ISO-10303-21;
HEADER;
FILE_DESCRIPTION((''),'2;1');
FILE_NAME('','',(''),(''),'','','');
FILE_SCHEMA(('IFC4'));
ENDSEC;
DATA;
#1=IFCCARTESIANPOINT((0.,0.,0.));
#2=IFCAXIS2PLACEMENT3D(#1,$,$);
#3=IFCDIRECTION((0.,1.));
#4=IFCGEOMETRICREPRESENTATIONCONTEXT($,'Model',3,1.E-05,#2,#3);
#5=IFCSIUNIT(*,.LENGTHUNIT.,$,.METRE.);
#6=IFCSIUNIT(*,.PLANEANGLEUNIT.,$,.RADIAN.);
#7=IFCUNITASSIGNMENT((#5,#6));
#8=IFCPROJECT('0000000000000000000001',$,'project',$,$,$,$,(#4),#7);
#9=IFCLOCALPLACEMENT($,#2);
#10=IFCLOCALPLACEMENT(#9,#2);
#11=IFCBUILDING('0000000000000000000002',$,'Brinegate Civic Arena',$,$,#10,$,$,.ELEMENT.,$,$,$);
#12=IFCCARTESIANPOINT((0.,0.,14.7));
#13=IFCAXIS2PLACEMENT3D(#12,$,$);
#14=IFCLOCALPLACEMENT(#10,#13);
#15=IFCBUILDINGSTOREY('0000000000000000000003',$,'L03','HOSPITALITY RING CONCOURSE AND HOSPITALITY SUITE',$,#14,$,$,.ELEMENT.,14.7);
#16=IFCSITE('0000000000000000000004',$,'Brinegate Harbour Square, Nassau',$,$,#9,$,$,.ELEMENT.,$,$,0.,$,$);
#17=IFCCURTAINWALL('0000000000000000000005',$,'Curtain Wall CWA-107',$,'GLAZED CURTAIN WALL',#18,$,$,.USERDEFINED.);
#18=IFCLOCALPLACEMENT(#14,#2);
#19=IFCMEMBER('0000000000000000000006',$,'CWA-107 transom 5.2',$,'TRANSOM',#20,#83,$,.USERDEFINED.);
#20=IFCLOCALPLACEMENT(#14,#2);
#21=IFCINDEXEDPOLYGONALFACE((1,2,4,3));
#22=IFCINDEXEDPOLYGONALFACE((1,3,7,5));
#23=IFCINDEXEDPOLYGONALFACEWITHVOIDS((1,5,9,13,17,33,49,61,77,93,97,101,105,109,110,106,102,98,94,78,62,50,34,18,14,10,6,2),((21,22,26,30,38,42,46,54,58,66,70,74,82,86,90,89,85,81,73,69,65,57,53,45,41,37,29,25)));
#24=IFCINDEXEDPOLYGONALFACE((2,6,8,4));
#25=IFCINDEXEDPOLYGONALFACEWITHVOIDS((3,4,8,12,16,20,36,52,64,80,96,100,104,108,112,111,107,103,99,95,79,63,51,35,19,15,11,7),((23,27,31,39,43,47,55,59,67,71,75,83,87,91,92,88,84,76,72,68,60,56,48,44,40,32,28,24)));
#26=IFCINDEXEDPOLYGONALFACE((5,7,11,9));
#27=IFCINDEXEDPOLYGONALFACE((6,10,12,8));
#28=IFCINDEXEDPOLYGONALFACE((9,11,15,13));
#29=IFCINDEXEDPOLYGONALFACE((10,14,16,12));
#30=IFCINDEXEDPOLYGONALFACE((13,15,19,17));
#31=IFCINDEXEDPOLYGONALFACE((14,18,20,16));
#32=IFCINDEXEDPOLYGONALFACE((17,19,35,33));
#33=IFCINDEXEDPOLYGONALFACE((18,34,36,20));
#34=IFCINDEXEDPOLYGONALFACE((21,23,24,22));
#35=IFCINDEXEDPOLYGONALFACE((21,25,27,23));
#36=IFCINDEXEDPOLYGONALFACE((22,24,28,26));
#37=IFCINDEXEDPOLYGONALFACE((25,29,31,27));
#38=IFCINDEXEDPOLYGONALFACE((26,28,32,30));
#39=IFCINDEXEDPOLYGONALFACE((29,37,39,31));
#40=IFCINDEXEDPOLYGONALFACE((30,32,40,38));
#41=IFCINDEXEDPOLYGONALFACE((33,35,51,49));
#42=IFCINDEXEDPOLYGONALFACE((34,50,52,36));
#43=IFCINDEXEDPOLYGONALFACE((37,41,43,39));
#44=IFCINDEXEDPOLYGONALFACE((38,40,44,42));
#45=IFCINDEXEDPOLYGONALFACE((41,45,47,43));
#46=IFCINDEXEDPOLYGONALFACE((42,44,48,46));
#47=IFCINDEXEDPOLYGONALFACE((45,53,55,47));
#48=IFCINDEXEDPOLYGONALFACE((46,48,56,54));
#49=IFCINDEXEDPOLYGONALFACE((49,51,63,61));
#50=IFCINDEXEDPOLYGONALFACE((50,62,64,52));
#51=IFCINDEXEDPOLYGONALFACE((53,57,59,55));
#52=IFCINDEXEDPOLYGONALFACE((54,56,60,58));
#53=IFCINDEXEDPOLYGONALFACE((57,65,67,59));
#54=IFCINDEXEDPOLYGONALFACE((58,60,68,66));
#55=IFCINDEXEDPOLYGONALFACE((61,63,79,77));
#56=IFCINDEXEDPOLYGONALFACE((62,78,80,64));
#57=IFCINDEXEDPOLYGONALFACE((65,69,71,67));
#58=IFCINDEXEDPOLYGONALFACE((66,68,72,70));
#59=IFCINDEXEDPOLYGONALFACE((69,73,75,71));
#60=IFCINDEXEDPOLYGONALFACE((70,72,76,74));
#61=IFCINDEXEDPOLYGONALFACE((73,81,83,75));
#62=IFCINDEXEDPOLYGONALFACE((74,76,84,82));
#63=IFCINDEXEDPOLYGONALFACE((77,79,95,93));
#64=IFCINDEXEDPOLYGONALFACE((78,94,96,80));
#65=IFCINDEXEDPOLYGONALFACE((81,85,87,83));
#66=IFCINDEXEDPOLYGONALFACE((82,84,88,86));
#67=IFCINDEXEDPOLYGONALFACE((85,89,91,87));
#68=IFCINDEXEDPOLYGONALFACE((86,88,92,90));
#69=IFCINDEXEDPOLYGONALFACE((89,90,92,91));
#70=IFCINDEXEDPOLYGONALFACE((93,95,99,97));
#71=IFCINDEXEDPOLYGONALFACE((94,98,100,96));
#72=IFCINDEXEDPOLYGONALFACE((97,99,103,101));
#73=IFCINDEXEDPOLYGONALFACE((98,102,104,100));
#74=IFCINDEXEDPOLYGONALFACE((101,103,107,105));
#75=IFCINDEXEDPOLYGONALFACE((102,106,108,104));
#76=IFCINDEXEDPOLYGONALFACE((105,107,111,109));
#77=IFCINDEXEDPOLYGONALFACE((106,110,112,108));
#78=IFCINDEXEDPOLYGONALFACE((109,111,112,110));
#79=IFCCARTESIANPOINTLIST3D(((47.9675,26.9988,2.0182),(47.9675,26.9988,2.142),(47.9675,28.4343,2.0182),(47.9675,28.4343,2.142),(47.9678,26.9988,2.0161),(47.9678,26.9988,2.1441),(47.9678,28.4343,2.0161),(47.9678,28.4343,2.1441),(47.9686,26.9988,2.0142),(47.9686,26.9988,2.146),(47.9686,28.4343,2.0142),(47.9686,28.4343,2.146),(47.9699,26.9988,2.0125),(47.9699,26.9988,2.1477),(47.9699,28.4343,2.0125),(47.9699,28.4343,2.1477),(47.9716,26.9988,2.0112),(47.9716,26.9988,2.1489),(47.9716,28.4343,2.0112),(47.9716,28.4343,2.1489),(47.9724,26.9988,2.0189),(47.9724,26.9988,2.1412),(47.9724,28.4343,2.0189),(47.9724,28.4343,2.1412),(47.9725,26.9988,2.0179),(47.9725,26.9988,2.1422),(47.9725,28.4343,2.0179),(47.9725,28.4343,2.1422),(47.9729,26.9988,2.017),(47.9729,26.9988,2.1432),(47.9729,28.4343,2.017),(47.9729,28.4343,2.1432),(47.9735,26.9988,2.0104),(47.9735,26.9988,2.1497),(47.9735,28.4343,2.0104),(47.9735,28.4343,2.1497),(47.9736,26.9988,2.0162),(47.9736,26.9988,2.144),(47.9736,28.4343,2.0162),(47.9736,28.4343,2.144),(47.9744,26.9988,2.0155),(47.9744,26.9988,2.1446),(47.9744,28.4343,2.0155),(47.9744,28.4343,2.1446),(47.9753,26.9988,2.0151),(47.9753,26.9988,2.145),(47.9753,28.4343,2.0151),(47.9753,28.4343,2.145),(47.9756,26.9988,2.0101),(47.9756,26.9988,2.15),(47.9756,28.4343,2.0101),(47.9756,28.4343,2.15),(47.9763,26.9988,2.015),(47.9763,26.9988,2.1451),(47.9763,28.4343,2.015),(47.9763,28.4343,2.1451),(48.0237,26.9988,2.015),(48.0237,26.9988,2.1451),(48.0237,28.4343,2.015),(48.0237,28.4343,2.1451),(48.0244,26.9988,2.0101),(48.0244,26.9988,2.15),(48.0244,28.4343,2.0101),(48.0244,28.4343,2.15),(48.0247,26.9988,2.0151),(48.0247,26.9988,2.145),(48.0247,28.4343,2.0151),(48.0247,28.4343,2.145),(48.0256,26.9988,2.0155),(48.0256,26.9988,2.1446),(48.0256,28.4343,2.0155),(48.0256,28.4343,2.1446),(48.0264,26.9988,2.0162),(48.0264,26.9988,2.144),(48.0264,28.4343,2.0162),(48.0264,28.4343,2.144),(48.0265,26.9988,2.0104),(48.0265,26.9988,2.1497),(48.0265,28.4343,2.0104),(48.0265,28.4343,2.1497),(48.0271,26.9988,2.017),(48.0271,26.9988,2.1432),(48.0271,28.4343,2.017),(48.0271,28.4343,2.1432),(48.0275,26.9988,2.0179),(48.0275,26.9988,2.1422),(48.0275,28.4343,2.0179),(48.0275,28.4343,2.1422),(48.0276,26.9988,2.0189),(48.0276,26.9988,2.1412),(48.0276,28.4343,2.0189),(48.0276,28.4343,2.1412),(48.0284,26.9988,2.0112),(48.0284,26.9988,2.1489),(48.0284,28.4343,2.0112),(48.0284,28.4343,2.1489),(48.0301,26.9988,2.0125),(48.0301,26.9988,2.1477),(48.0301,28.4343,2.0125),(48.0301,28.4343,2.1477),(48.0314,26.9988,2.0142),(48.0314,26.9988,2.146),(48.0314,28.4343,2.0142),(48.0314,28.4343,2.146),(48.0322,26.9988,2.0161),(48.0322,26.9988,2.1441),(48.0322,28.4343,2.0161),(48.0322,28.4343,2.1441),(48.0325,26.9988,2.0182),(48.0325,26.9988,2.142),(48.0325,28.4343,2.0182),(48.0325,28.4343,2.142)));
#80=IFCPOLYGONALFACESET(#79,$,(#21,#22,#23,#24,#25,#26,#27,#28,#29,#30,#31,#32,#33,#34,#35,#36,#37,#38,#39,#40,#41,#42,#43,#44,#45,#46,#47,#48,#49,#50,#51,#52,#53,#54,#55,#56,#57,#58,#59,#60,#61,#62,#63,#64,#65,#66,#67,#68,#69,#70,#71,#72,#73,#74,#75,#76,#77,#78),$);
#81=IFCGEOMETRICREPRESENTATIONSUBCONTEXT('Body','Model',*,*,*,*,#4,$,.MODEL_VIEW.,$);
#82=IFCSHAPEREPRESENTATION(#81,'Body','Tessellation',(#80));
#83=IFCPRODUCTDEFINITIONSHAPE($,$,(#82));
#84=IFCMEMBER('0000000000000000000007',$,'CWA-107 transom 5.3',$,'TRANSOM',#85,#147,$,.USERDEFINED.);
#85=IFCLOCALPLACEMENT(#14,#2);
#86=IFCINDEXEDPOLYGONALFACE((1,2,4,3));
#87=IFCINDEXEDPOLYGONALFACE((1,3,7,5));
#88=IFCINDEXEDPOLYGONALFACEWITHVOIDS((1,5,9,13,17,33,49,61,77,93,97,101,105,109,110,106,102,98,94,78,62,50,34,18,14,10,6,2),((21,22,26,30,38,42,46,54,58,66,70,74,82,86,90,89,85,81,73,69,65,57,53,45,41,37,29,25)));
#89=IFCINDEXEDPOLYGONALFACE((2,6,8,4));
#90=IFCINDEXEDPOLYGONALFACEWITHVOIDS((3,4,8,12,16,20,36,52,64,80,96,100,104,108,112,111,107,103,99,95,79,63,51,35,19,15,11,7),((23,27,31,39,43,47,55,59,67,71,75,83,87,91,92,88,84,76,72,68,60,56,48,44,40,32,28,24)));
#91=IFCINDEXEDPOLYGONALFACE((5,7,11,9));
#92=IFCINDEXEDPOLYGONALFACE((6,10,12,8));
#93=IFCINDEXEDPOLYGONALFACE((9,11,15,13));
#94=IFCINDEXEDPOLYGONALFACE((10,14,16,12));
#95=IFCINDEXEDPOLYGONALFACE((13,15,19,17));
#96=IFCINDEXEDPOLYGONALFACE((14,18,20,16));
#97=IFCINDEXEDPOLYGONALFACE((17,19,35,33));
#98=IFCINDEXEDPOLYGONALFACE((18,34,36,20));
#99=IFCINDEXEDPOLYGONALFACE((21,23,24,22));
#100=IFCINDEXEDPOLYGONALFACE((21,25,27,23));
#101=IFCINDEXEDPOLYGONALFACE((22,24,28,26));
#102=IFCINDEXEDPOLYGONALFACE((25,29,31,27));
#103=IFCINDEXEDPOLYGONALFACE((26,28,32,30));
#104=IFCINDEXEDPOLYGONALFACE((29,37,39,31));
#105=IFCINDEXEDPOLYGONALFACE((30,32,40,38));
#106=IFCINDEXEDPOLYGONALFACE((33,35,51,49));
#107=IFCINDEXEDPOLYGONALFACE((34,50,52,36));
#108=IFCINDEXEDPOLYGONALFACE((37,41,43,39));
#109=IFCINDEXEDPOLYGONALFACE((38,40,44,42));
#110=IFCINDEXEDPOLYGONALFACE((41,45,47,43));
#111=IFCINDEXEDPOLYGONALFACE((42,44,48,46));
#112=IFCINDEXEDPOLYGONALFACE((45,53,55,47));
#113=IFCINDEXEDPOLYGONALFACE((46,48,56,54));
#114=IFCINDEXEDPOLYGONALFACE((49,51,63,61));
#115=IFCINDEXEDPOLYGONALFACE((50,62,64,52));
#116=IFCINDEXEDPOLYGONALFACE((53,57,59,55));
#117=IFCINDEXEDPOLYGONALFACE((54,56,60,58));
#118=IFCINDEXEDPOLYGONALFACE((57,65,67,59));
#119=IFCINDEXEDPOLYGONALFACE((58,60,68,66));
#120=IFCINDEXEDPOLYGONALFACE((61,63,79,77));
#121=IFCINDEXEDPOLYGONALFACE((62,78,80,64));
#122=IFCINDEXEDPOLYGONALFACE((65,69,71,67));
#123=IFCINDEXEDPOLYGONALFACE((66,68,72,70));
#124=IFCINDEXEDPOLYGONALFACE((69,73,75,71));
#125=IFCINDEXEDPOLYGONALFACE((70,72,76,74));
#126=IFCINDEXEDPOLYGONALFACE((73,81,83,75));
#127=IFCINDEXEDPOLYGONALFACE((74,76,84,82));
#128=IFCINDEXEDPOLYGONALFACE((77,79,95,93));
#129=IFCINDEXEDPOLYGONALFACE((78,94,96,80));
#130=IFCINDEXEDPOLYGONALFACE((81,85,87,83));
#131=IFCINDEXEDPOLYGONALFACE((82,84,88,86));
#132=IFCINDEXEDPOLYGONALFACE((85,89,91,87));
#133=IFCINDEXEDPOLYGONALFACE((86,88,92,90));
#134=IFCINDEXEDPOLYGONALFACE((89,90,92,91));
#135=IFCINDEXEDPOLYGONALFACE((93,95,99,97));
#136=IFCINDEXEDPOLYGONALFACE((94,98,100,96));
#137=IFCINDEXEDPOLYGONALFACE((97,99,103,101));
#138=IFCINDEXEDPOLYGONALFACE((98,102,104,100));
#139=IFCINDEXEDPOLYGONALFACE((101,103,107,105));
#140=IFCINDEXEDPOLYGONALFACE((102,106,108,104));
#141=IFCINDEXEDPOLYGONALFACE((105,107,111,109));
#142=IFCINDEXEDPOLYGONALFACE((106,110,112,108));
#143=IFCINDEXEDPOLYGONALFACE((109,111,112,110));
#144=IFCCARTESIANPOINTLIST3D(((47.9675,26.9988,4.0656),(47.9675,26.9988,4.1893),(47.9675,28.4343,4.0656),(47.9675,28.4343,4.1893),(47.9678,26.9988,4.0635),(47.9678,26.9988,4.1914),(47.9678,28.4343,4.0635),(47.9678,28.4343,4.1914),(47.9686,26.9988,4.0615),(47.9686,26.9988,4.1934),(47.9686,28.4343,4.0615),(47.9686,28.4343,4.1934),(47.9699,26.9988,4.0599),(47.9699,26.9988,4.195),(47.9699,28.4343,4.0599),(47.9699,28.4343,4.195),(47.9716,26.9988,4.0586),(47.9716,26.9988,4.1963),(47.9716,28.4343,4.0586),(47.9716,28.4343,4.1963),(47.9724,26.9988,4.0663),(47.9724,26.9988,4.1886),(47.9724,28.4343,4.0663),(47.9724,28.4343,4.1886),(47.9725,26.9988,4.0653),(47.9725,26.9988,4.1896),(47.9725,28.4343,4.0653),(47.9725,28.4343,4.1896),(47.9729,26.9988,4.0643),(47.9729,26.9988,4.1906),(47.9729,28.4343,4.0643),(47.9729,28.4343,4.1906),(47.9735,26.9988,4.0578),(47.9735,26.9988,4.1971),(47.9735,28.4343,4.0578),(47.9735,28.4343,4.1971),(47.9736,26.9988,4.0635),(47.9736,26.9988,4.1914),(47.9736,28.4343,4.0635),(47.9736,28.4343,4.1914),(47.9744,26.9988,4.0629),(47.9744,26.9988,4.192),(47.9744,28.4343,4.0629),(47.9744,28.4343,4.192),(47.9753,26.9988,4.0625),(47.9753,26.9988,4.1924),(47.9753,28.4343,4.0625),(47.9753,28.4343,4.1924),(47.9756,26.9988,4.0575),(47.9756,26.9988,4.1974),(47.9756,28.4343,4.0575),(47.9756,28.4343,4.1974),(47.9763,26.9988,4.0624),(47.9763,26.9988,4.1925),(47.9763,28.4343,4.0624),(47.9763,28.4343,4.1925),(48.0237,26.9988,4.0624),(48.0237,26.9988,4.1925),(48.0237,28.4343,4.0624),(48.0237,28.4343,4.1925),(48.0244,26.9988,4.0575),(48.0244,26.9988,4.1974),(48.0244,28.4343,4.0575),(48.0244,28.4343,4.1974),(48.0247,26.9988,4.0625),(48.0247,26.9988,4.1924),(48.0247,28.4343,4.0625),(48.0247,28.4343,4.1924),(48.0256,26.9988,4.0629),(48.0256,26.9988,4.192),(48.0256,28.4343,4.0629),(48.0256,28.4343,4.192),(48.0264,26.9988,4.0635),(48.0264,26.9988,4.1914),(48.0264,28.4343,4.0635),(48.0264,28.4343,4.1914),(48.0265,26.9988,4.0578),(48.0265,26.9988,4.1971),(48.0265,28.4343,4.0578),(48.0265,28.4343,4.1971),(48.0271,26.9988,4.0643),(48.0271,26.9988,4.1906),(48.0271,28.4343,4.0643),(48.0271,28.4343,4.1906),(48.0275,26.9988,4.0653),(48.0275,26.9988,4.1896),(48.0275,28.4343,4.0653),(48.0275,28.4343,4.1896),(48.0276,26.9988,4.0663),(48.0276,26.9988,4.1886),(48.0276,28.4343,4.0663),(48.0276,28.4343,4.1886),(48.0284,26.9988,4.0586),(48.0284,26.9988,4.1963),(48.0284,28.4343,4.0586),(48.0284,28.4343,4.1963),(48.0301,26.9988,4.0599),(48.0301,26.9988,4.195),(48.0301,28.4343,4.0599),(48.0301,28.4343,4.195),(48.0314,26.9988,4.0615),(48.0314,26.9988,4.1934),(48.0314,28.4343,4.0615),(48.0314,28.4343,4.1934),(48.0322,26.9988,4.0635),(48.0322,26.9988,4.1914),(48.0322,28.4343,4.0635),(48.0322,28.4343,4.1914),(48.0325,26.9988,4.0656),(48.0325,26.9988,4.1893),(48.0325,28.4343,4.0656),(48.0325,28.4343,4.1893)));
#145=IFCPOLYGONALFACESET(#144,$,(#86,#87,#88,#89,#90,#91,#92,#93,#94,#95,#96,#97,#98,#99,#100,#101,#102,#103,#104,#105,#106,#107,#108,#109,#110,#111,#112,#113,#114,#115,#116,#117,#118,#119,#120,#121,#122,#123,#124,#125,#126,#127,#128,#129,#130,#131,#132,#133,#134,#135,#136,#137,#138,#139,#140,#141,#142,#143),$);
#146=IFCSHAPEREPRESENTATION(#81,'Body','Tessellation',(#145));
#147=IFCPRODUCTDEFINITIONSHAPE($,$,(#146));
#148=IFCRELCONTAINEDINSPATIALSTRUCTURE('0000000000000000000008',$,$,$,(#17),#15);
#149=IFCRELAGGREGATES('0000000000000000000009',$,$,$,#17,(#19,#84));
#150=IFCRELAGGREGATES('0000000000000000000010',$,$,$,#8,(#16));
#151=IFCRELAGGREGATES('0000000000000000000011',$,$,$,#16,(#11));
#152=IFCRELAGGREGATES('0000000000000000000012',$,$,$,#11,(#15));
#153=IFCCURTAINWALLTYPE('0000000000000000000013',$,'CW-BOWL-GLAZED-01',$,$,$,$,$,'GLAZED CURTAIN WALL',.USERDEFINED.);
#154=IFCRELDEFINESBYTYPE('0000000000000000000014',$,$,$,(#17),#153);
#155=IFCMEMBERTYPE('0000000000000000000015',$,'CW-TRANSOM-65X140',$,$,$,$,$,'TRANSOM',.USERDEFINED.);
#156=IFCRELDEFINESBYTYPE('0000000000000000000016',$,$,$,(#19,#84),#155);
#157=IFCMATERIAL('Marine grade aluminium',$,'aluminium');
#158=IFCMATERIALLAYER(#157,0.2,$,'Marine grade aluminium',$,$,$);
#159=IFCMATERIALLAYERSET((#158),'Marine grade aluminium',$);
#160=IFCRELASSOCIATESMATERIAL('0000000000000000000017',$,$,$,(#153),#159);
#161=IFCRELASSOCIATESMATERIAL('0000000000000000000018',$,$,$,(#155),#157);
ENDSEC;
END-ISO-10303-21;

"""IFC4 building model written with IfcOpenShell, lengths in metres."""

from ifc_helpers import new_model, si_unit, direction, frame, origin, origin_2d, place, context, subcontext, project, spatial, hollow_rectangle, extrude, material, layer, layer_set, material_profile, profile_set, type_object, element, aggregate, save


model = new_model("IFC4")

# Units and contexts
model_context = context("Model", 3, precision=1e-05, world=origin(), true_north=direction((0.0, 1.0)))
body_context = subcontext(model_context, "Body", "Model", "MODEL_VIEW")
ifc_project = project(units=[si_unit("LENGTHUNIT", "METRE"), si_unit("PLANEANGLEUNIT", "RADIAN")], contexts=[model_context])

# Site, building, storey
site_placement = place(None, origin())
site = spatial("IfcSite", under=ifc_project, at=site_placement, Name="Brinegate Harbour Square, Nassau", CompositionType="ELEMENT", RefElevation=0.0)
building_placement = place(site_placement, origin())
building = spatial("IfcBuilding", under=site, at=building_placement, Name="Brinegate Civic Arena", CompositionType="ELEMENT")
storey_placement = place(building_placement, frame((0.0, 0.0, 14.7)))
storey = spatial("IfcBuildingStorey", under=building, at=storey_placement, Name="L03", Description="HOSPITALITY RING CONCOURSE AND HOSPITALITY SUITE", CompositionType="ELEMENT", Elevation=14.7)

# Curtain wall, members
ifc_material_1 = material(Name="Marine grade aluminium", Category="aluminium")
ifc_layer_1 = layer(ifc_material_1, 0.2, Name="Marine grade aluminium")
ifc_layer_set_1 = layer_set([ifc_layer_1], Name="Marine grade aluminium")
curtain_wall_type = type_object("IfcCurtainWallType", Name="CW-BOWL-GLAZED-01", ElementType="GLAZED CURTAIN WALL", PredefinedType="USERDEFINED", material=ifc_layer_set_1)
curtain_wall_1_placement = place(storey_placement, origin())
curtain_wall_1 = element("IfcCurtainWall", 1, at=curtain_wall_1_placement, inside=storey, type_object=curtain_wall_type, Name="Curtain Wall CWA-107", ObjectType="GLAZED CURTAIN WALL", PredefinedType="USERDEFINED")
ifc_material_profile_1 = material_profile(ifc_material_1, hollow_rectangle(XDim=0.0649, YDim=0.1399, WallThickness=0.0049, InnerFilletRadius=0.0039, OuterFilletRadius=0.0081, at=origin_2d()), Name="TRN65X140")
ifc_profile_set_1 = profile_set([ifc_material_profile_1], Name="Marine grade aluminium")
member_type_1 = type_object("IfcMemberType", Name="CW-TRANSOM-65X140", ElementType="TRANSOM", PredefinedType="USERDEFINED", material=ifc_profile_set_1)
member_1_placement = place(storey_placement, frame((48.0, 26.9988, 2.0801), z_axis=(0.0, 1.0, 0.0), x_axis=(-1.0, 0.0, 0.0)))
member_1 = element("IfcMember", 2, at=member_1_placement, type_object=member_type_1, Name="CWA-107 transom 5.2", ObjectType="TRANSOM", PredefinedType="USERDEFINED", context=body_context, shape_type="SweptSolid", body=[
    extrude(hollow_rectangle(XDim=0.0649, YDim=0.1399, WallThickness=0.0049, InnerFilletRadius=0.0039, OuterFilletRadius=0.0081, at=origin_2d()), origin(), (0.0, 0.0, 1.0), 1.4355),
])
member_2_placement = place(storey_placement, frame((48.0, 26.9988, 4.1274), z_axis=(0.0, 1.0, 0.0), x_axis=(-1.0, 0.0, 0.0)))
member_2 = element("IfcMember", 3, at=member_2_placement, type_object=member_type_1, Name="CWA-107 transom 5.3", ObjectType="TRANSOM", PredefinedType="USERDEFINED", context=body_context, shape_type="SweptSolid", body=[
    extrude(hollow_rectangle(XDim=0.0649, YDim=0.1399, WallThickness=0.0049, InnerFilletRadius=0.0039, OuterFilletRadius=0.0081, at=origin_2d()), origin(), (0.0, 0.0, 1.0), 1.4355),
])

aggregate(curtain_wall_1, [member_1, member_2])

save(model, "model.ifc")
